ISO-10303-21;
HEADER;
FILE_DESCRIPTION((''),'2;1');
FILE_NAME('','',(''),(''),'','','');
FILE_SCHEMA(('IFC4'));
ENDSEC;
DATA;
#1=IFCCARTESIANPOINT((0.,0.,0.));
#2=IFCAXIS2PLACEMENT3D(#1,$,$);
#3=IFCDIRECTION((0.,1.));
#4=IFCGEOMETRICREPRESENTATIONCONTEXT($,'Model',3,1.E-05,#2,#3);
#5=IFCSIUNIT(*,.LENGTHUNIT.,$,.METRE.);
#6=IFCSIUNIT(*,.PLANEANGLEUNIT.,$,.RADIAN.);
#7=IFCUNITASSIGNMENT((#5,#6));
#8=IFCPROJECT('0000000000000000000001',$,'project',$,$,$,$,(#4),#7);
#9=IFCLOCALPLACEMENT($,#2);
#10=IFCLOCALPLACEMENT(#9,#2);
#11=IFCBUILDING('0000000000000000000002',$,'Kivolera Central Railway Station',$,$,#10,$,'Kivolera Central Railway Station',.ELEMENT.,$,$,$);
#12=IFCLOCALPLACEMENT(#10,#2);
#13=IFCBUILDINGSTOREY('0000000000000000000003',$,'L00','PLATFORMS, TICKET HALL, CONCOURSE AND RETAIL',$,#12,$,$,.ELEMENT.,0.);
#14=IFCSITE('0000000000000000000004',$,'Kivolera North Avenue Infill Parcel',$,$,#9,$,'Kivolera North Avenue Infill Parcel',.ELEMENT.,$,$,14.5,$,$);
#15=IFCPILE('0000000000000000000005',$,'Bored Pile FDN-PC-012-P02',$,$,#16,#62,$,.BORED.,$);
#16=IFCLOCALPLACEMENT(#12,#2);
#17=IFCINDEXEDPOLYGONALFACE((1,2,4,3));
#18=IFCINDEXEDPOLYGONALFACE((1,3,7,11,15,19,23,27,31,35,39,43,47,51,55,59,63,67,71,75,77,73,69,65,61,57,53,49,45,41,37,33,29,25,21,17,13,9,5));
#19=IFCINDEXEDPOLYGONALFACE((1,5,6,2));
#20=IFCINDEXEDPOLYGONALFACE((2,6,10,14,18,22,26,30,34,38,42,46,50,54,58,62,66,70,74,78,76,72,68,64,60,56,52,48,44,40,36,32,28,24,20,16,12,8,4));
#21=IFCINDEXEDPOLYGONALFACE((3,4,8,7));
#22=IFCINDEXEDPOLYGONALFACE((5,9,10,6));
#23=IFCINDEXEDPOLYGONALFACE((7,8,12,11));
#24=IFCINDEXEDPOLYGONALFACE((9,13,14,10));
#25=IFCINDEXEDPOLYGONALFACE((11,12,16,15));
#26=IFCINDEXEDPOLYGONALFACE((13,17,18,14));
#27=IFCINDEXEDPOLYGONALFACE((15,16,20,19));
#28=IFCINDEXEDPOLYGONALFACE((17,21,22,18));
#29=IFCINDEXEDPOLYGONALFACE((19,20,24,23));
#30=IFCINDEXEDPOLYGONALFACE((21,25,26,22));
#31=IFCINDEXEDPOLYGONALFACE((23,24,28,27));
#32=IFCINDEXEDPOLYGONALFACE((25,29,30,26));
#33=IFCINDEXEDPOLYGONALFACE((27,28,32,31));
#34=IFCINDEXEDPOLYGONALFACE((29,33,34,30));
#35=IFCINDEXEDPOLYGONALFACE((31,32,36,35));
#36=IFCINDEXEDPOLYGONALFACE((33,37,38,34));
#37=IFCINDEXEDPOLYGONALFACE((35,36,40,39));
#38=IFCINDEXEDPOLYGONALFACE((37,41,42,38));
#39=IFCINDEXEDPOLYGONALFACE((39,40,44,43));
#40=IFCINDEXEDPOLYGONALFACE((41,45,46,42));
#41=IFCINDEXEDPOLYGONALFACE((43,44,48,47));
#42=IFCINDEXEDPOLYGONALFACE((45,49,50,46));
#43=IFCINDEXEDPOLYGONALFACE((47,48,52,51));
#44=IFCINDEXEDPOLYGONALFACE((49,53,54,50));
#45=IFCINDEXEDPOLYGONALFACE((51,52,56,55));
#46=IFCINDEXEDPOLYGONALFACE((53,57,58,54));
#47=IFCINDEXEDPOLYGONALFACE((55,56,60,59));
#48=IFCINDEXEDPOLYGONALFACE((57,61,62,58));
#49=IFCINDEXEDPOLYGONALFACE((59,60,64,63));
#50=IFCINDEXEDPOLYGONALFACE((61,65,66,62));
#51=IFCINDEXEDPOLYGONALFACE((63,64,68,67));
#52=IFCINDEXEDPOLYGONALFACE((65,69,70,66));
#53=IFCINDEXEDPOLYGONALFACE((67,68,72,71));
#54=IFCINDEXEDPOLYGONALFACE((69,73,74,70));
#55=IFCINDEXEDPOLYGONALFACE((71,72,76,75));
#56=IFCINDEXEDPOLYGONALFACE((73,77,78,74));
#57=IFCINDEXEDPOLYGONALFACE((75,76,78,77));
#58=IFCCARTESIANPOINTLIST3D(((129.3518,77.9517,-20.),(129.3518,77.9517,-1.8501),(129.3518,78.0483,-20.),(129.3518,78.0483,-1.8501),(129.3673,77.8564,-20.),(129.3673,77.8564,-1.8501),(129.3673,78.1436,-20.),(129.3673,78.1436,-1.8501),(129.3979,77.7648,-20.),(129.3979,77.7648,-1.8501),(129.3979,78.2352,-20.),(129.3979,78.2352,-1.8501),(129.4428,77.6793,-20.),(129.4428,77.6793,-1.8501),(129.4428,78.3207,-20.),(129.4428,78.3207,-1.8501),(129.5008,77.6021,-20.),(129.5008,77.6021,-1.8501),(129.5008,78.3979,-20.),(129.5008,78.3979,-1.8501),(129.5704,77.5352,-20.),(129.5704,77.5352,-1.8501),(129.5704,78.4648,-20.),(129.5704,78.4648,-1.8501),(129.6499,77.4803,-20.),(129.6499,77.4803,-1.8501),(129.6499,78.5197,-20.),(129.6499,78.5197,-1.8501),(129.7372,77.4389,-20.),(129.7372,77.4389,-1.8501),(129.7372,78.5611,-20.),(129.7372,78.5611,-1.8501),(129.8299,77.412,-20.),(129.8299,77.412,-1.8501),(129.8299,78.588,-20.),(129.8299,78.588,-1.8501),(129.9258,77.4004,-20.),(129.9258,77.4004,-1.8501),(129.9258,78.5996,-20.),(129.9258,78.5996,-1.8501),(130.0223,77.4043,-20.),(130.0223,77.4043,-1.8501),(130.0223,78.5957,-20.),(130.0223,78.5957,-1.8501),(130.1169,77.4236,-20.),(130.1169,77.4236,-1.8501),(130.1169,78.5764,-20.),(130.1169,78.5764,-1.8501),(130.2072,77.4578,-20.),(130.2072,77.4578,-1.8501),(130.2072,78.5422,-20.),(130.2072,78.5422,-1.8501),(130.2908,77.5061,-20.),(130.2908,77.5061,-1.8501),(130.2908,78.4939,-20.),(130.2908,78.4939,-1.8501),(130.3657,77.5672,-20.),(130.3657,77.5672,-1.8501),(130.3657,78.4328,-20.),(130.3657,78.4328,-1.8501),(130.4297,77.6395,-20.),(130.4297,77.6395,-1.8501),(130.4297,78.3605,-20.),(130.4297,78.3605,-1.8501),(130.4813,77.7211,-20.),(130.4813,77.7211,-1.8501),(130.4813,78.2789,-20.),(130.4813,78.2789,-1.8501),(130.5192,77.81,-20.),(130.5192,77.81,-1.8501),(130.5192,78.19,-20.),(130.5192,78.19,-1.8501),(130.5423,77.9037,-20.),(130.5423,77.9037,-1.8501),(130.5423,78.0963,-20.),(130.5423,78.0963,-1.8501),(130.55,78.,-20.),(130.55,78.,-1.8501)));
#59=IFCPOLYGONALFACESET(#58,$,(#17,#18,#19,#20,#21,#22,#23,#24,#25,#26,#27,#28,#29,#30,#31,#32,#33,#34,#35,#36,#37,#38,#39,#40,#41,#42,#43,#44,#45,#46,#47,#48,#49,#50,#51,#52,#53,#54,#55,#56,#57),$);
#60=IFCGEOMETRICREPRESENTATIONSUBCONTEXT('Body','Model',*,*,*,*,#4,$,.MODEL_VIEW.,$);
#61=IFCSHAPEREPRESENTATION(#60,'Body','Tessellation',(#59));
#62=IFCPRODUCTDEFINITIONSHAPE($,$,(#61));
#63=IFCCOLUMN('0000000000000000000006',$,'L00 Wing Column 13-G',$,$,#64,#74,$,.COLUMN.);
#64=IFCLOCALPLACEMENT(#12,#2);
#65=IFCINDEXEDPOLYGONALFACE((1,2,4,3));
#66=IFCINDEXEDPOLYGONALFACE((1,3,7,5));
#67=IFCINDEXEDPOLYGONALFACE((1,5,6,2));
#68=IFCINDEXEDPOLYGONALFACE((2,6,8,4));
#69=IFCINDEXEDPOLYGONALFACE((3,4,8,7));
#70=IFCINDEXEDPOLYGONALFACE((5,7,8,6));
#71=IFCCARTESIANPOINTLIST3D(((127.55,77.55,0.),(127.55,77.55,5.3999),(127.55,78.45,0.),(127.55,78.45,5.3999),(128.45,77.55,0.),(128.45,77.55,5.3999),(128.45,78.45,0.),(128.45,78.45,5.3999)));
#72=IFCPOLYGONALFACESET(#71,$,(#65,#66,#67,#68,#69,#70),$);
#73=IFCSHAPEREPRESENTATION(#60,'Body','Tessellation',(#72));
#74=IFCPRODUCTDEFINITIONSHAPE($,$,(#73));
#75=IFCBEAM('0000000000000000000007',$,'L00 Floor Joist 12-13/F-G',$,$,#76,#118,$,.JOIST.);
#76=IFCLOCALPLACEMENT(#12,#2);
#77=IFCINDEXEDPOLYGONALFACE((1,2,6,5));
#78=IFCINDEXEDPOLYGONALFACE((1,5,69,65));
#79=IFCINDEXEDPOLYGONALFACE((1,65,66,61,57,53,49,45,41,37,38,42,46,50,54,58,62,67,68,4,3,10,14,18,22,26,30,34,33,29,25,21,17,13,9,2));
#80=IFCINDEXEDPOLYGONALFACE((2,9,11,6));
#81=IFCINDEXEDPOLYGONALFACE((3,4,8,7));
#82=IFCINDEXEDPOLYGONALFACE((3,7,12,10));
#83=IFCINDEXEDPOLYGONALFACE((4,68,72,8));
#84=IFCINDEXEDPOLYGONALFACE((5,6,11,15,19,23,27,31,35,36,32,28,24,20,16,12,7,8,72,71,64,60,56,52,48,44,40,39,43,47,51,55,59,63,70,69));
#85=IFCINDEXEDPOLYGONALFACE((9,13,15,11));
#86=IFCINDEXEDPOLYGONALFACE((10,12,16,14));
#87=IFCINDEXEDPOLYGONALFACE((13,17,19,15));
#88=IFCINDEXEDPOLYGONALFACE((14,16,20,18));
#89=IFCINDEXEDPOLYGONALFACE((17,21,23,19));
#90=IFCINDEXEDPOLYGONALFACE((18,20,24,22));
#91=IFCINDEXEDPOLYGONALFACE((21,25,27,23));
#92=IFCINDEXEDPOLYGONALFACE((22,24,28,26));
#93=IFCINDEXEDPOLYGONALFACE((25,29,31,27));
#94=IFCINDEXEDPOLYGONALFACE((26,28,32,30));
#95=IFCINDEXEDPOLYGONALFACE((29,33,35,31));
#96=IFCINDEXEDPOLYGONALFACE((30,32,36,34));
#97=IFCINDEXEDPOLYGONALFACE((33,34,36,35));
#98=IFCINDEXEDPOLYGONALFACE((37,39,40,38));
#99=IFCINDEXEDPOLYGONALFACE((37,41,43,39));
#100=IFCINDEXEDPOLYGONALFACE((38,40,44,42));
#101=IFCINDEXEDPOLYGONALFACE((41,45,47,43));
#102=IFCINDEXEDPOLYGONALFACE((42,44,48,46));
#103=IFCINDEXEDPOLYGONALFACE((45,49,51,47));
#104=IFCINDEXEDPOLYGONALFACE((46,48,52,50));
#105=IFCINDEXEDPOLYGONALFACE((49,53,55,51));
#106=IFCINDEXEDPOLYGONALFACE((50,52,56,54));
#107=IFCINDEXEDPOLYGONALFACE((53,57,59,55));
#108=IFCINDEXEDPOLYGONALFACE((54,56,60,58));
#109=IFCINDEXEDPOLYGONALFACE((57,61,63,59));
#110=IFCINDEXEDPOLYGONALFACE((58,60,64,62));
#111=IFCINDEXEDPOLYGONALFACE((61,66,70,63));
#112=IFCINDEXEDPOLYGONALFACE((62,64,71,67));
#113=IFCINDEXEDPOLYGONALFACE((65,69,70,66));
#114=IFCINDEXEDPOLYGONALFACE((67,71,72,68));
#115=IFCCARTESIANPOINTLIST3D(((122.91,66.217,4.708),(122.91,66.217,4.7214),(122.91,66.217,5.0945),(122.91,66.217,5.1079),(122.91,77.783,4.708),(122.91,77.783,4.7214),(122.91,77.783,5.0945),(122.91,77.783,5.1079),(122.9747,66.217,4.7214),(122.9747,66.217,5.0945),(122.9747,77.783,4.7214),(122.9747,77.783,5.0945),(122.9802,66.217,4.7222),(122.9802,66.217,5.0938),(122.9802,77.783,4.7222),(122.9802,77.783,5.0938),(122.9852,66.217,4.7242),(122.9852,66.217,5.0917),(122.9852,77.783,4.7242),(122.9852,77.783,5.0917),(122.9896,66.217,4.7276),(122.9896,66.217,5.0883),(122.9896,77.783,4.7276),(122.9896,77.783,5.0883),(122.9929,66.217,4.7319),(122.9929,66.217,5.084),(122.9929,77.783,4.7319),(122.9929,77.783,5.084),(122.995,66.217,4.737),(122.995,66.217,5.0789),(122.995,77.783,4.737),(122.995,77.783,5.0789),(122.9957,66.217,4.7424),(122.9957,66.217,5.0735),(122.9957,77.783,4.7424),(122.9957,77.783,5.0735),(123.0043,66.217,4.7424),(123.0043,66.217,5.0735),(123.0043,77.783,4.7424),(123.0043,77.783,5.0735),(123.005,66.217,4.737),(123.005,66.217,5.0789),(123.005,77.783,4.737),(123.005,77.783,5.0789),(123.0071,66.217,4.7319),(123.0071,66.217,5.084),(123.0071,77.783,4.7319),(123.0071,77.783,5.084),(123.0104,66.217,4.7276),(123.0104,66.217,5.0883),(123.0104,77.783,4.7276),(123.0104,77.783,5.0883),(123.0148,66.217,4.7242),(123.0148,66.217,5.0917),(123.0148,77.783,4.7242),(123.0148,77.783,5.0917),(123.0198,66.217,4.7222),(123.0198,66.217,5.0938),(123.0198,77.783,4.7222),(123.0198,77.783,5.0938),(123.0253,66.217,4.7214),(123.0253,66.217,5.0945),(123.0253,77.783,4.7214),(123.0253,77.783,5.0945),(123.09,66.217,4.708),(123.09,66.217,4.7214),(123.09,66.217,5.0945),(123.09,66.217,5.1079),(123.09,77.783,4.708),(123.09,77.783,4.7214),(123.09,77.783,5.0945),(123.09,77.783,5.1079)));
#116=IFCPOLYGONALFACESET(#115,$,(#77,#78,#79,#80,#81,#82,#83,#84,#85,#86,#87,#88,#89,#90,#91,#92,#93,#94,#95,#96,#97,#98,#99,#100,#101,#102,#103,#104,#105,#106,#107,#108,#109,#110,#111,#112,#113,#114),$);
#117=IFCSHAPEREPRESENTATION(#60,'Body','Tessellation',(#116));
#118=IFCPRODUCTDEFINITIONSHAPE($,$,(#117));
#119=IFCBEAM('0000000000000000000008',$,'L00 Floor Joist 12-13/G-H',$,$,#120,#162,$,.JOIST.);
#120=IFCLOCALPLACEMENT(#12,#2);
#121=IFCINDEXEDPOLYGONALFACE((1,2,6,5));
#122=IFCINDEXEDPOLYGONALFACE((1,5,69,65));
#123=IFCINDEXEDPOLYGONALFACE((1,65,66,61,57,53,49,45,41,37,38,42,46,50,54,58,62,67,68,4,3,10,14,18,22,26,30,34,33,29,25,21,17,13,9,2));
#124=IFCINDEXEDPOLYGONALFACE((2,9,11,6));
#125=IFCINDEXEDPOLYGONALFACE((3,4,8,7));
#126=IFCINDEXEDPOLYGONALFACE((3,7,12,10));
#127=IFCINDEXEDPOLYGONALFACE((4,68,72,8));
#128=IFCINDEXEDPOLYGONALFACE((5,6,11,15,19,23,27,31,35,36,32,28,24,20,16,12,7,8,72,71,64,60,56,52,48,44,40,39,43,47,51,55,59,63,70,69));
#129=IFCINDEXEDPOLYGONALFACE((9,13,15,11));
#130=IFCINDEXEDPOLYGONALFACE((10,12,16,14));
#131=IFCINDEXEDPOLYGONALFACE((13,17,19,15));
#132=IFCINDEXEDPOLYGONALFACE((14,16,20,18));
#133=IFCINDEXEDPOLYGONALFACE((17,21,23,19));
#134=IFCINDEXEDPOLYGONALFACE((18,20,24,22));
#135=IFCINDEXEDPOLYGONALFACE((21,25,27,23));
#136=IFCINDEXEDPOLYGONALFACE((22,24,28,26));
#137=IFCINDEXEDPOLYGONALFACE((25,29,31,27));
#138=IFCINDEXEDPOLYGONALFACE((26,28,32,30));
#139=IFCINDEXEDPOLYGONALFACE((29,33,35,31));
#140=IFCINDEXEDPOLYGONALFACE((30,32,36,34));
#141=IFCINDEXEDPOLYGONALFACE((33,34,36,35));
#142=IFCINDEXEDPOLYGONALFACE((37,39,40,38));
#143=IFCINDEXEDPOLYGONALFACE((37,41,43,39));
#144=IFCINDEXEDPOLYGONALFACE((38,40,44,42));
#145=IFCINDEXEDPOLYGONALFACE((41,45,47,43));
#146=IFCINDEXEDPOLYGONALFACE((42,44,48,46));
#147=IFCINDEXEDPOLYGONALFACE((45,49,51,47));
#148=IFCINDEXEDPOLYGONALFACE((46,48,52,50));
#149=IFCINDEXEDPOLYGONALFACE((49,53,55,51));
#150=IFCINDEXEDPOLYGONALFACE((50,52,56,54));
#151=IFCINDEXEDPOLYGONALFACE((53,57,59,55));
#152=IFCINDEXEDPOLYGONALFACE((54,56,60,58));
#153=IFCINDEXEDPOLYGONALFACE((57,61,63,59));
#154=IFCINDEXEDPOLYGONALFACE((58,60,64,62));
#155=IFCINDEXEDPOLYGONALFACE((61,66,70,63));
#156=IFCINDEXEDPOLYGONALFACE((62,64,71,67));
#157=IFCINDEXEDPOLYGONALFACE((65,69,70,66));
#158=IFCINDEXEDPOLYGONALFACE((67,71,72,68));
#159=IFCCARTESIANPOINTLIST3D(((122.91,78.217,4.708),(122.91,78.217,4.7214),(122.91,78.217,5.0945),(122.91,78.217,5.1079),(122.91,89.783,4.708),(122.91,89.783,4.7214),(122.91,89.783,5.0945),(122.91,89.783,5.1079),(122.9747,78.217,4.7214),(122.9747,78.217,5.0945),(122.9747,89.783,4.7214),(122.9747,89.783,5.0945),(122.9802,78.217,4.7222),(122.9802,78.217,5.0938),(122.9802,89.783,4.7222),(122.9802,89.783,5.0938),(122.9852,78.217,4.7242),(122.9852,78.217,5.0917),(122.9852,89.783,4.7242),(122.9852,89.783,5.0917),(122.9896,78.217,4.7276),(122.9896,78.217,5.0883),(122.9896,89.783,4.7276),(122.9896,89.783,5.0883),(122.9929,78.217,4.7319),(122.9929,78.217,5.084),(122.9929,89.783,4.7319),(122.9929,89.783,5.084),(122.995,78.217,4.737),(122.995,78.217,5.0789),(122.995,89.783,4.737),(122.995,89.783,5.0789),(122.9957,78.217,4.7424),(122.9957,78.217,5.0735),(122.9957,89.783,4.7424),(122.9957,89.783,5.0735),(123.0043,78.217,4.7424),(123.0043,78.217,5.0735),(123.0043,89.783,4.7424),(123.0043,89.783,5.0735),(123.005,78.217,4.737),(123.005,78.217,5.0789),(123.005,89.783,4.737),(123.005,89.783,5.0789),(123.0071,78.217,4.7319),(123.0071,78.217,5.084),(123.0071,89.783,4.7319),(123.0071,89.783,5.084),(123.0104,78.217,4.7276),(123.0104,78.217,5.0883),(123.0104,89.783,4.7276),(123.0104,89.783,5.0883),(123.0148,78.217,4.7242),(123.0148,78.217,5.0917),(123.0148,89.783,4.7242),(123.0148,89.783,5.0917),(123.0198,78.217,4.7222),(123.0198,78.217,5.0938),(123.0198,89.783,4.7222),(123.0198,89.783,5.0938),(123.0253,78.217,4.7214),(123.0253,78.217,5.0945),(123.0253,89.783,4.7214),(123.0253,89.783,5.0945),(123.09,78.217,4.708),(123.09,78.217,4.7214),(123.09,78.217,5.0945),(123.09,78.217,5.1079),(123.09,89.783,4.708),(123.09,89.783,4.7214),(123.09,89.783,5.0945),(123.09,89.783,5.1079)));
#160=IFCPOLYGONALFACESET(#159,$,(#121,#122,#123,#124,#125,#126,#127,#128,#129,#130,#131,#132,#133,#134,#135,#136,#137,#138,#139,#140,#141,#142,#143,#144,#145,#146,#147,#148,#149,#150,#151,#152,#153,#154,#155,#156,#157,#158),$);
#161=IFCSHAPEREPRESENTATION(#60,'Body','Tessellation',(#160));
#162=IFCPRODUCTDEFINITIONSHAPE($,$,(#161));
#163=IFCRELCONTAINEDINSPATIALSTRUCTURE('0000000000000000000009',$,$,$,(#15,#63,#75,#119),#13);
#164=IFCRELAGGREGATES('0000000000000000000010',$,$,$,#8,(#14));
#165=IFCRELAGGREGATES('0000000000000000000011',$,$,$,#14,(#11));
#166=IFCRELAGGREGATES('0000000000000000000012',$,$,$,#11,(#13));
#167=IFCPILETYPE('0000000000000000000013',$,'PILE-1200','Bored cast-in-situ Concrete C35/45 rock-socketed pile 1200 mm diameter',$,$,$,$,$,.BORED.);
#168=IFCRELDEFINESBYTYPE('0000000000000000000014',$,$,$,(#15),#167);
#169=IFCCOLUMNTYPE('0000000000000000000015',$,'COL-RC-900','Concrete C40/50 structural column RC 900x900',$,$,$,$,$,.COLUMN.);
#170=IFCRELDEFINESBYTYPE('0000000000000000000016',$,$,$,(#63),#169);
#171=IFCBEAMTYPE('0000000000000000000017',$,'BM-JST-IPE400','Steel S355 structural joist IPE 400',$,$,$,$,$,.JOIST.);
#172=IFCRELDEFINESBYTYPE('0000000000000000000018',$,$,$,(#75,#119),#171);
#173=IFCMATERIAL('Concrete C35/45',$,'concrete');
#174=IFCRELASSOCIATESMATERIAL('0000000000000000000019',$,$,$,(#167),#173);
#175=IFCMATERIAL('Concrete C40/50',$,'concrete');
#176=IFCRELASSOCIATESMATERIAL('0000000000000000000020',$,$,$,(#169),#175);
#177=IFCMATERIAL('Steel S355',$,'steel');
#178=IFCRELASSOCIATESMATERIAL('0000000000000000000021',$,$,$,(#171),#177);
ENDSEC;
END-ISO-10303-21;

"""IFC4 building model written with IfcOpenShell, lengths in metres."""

from ifc_helpers import new_model, si_unit, direction, frame, origin, origin_2d, place, context, subcontext, project, spatial, rectangle, circle, i_section, extrude, material, material_profile, profile_set, type_object, element, save


model = new_model("IFC4")

# Units and contexts
model_context = context("Model", 3, precision=1e-05, world=origin(), true_north=direction((0.0, 1.0)))
body_context = subcontext(model_context, "Body", "Model", "MODEL_VIEW")
ifc_project = project(units=[si_unit("LENGTHUNIT", "METRE"), si_unit("PLANEANGLEUNIT", "RADIAN")], contexts=[model_context])

# Site, building, storey
site_placement = place(None, origin())
site = spatial("IfcSite", under=ifc_project, at=site_placement, Name="Kivolera North Avenue Infill Parcel", LongName="Kivolera North Avenue Infill Parcel", CompositionType="ELEMENT", RefElevation=14.5)
building_placement = place(site_placement, origin())
building = spatial("IfcBuilding", under=site, at=building_placement, Name="Kivolera Central Railway Station", LongName="Kivolera Central Railway Station", CompositionType="ELEMENT")
storey_placement = place(building_placement, origin())
storey = spatial("IfcBuildingStorey", under=building, at=storey_placement, Name="L00", Description="PLATFORMS, TICKET HALL, CONCOURSE AND RETAIL", CompositionType="ELEMENT", Elevation=0.0)

# Shared definitions
ifc_material_1 = material(Name="Concrete C35/45", Category="concrete")

# Pile
ifc_material_profile_1 = material_profile(ifc_material_1, circle(Radius=0.6001, at=origin_2d()), Name="PILE D1200")
ifc_profile_set_1 = profile_set([ifc_material_profile_1], Name="Concrete C35/45")
pile_type = type_object("IfcPileType", Name="PILE-1200", Description="Bored cast-in-situ Concrete C35/45 rock-socketed pile 1200 mm diameter", PredefinedType="BORED", material=ifc_profile_set_1)
for number, where, z_axis, x_axis, name in (
    (1, (129.95, 78.0, -1.8501), (0.0, 0.0, -1.0), (1.0, 0.0, 0.0), "Bored Pile FDN-PC-012-P02"),
):
    element("IfcPile", number, at=place(storey_placement, frame(where, z_axis=z_axis, x_axis=x_axis)), inside=storey, type_object=pile_type, Name=name, PredefinedType="BORED", context=body_context, shape_type="SweptSolid", body=[
        extrude(circle(Radius=0.6001, at=origin_2d()), origin(), (0.0, 0.0, 1.0), 18.1499),
    ])

# Column
ifc_material_2 = material(Name="Concrete C40/50", Category="concrete")
ifc_material_profile_2 = material_profile(ifc_material_2, rectangle(XDim=0.8999, YDim=0.8999, at=origin_2d()), Name="RC 900x900")
ifc_profile_set_2 = profile_set([ifc_material_profile_2], Name="Concrete C40/50")
column_type = type_object("IfcColumnType", Name="COL-RC-900", Description="Concrete C40/50 structural column RC 900x900", PredefinedType="COLUMN", material=ifc_profile_set_2)
column_placement = place(storey_placement, frame((128.0, 78.0, 0.0), z_axis=(0.0, 0.0, 1.0), x_axis=(1.0, 0.0, 0.0)))
element("IfcColumn", 2, at=column_placement, inside=storey, type_object=column_type, Name="L00 Wing Column 13-G", PredefinedType="COLUMN", context=body_context, shape_type="SweptSolid", body=[
    extrude(rectangle(XDim=0.8999, YDim=0.8999, at=origin_2d()), origin(), (0.0, 0.0, 1.0), 5.3999),
])

# Beams
ifc_material_3 = material(Name="Steel S355", Category="steel")
ifc_material_profile_3 = material_profile(ifc_material_3, i_section(OverallWidth=0.1799, OverallDepth=0.3999, WebThickness=0.0085, FlangeThickness=0.0134, FilletRadius=0.021, at=origin_2d()), Name="IPE 400")
ifc_profile_set_3 = profile_set([ifc_material_profile_3], Name="Steel S355")
beam_type_1 = type_object("IfcBeamType", Name="BM-JST-IPE400", Description="Steel S355 structural joist IPE 400", PredefinedType="JOIST", material=ifc_profile_set_3)
for number, where, z_axis, x_axis, name in (
    (3, (123.0, 66.217, 4.908), (0.0, 1.0, 0.0), (-1.0, 0.0, 0.0), "L00 Floor Joist 12-13/F-G"),
    (4, (123.0, 78.217, 4.908), (0.0, 1.0, 0.0), (-1.0, 0.0, 0.0), "L00 Floor Joist 12-13/G-H"),
):
    element("IfcBeam", number, at=place(storey_placement, frame(where, z_axis=z_axis, x_axis=x_axis)), inside=storey, type_object=beam_type_1, Name=name, PredefinedType="JOIST", context=body_context, shape_type="SweptSolid", body=[
        extrude(i_section(OverallWidth=0.1799, OverallDepth=0.3999, WebThickness=0.0085, FlangeThickness=0.0134, FilletRadius=0.021, at=origin_2d()), origin(), (0.0, 0.0, 1.0), 11.5659),
    ])

save(model, "model.ifc")
